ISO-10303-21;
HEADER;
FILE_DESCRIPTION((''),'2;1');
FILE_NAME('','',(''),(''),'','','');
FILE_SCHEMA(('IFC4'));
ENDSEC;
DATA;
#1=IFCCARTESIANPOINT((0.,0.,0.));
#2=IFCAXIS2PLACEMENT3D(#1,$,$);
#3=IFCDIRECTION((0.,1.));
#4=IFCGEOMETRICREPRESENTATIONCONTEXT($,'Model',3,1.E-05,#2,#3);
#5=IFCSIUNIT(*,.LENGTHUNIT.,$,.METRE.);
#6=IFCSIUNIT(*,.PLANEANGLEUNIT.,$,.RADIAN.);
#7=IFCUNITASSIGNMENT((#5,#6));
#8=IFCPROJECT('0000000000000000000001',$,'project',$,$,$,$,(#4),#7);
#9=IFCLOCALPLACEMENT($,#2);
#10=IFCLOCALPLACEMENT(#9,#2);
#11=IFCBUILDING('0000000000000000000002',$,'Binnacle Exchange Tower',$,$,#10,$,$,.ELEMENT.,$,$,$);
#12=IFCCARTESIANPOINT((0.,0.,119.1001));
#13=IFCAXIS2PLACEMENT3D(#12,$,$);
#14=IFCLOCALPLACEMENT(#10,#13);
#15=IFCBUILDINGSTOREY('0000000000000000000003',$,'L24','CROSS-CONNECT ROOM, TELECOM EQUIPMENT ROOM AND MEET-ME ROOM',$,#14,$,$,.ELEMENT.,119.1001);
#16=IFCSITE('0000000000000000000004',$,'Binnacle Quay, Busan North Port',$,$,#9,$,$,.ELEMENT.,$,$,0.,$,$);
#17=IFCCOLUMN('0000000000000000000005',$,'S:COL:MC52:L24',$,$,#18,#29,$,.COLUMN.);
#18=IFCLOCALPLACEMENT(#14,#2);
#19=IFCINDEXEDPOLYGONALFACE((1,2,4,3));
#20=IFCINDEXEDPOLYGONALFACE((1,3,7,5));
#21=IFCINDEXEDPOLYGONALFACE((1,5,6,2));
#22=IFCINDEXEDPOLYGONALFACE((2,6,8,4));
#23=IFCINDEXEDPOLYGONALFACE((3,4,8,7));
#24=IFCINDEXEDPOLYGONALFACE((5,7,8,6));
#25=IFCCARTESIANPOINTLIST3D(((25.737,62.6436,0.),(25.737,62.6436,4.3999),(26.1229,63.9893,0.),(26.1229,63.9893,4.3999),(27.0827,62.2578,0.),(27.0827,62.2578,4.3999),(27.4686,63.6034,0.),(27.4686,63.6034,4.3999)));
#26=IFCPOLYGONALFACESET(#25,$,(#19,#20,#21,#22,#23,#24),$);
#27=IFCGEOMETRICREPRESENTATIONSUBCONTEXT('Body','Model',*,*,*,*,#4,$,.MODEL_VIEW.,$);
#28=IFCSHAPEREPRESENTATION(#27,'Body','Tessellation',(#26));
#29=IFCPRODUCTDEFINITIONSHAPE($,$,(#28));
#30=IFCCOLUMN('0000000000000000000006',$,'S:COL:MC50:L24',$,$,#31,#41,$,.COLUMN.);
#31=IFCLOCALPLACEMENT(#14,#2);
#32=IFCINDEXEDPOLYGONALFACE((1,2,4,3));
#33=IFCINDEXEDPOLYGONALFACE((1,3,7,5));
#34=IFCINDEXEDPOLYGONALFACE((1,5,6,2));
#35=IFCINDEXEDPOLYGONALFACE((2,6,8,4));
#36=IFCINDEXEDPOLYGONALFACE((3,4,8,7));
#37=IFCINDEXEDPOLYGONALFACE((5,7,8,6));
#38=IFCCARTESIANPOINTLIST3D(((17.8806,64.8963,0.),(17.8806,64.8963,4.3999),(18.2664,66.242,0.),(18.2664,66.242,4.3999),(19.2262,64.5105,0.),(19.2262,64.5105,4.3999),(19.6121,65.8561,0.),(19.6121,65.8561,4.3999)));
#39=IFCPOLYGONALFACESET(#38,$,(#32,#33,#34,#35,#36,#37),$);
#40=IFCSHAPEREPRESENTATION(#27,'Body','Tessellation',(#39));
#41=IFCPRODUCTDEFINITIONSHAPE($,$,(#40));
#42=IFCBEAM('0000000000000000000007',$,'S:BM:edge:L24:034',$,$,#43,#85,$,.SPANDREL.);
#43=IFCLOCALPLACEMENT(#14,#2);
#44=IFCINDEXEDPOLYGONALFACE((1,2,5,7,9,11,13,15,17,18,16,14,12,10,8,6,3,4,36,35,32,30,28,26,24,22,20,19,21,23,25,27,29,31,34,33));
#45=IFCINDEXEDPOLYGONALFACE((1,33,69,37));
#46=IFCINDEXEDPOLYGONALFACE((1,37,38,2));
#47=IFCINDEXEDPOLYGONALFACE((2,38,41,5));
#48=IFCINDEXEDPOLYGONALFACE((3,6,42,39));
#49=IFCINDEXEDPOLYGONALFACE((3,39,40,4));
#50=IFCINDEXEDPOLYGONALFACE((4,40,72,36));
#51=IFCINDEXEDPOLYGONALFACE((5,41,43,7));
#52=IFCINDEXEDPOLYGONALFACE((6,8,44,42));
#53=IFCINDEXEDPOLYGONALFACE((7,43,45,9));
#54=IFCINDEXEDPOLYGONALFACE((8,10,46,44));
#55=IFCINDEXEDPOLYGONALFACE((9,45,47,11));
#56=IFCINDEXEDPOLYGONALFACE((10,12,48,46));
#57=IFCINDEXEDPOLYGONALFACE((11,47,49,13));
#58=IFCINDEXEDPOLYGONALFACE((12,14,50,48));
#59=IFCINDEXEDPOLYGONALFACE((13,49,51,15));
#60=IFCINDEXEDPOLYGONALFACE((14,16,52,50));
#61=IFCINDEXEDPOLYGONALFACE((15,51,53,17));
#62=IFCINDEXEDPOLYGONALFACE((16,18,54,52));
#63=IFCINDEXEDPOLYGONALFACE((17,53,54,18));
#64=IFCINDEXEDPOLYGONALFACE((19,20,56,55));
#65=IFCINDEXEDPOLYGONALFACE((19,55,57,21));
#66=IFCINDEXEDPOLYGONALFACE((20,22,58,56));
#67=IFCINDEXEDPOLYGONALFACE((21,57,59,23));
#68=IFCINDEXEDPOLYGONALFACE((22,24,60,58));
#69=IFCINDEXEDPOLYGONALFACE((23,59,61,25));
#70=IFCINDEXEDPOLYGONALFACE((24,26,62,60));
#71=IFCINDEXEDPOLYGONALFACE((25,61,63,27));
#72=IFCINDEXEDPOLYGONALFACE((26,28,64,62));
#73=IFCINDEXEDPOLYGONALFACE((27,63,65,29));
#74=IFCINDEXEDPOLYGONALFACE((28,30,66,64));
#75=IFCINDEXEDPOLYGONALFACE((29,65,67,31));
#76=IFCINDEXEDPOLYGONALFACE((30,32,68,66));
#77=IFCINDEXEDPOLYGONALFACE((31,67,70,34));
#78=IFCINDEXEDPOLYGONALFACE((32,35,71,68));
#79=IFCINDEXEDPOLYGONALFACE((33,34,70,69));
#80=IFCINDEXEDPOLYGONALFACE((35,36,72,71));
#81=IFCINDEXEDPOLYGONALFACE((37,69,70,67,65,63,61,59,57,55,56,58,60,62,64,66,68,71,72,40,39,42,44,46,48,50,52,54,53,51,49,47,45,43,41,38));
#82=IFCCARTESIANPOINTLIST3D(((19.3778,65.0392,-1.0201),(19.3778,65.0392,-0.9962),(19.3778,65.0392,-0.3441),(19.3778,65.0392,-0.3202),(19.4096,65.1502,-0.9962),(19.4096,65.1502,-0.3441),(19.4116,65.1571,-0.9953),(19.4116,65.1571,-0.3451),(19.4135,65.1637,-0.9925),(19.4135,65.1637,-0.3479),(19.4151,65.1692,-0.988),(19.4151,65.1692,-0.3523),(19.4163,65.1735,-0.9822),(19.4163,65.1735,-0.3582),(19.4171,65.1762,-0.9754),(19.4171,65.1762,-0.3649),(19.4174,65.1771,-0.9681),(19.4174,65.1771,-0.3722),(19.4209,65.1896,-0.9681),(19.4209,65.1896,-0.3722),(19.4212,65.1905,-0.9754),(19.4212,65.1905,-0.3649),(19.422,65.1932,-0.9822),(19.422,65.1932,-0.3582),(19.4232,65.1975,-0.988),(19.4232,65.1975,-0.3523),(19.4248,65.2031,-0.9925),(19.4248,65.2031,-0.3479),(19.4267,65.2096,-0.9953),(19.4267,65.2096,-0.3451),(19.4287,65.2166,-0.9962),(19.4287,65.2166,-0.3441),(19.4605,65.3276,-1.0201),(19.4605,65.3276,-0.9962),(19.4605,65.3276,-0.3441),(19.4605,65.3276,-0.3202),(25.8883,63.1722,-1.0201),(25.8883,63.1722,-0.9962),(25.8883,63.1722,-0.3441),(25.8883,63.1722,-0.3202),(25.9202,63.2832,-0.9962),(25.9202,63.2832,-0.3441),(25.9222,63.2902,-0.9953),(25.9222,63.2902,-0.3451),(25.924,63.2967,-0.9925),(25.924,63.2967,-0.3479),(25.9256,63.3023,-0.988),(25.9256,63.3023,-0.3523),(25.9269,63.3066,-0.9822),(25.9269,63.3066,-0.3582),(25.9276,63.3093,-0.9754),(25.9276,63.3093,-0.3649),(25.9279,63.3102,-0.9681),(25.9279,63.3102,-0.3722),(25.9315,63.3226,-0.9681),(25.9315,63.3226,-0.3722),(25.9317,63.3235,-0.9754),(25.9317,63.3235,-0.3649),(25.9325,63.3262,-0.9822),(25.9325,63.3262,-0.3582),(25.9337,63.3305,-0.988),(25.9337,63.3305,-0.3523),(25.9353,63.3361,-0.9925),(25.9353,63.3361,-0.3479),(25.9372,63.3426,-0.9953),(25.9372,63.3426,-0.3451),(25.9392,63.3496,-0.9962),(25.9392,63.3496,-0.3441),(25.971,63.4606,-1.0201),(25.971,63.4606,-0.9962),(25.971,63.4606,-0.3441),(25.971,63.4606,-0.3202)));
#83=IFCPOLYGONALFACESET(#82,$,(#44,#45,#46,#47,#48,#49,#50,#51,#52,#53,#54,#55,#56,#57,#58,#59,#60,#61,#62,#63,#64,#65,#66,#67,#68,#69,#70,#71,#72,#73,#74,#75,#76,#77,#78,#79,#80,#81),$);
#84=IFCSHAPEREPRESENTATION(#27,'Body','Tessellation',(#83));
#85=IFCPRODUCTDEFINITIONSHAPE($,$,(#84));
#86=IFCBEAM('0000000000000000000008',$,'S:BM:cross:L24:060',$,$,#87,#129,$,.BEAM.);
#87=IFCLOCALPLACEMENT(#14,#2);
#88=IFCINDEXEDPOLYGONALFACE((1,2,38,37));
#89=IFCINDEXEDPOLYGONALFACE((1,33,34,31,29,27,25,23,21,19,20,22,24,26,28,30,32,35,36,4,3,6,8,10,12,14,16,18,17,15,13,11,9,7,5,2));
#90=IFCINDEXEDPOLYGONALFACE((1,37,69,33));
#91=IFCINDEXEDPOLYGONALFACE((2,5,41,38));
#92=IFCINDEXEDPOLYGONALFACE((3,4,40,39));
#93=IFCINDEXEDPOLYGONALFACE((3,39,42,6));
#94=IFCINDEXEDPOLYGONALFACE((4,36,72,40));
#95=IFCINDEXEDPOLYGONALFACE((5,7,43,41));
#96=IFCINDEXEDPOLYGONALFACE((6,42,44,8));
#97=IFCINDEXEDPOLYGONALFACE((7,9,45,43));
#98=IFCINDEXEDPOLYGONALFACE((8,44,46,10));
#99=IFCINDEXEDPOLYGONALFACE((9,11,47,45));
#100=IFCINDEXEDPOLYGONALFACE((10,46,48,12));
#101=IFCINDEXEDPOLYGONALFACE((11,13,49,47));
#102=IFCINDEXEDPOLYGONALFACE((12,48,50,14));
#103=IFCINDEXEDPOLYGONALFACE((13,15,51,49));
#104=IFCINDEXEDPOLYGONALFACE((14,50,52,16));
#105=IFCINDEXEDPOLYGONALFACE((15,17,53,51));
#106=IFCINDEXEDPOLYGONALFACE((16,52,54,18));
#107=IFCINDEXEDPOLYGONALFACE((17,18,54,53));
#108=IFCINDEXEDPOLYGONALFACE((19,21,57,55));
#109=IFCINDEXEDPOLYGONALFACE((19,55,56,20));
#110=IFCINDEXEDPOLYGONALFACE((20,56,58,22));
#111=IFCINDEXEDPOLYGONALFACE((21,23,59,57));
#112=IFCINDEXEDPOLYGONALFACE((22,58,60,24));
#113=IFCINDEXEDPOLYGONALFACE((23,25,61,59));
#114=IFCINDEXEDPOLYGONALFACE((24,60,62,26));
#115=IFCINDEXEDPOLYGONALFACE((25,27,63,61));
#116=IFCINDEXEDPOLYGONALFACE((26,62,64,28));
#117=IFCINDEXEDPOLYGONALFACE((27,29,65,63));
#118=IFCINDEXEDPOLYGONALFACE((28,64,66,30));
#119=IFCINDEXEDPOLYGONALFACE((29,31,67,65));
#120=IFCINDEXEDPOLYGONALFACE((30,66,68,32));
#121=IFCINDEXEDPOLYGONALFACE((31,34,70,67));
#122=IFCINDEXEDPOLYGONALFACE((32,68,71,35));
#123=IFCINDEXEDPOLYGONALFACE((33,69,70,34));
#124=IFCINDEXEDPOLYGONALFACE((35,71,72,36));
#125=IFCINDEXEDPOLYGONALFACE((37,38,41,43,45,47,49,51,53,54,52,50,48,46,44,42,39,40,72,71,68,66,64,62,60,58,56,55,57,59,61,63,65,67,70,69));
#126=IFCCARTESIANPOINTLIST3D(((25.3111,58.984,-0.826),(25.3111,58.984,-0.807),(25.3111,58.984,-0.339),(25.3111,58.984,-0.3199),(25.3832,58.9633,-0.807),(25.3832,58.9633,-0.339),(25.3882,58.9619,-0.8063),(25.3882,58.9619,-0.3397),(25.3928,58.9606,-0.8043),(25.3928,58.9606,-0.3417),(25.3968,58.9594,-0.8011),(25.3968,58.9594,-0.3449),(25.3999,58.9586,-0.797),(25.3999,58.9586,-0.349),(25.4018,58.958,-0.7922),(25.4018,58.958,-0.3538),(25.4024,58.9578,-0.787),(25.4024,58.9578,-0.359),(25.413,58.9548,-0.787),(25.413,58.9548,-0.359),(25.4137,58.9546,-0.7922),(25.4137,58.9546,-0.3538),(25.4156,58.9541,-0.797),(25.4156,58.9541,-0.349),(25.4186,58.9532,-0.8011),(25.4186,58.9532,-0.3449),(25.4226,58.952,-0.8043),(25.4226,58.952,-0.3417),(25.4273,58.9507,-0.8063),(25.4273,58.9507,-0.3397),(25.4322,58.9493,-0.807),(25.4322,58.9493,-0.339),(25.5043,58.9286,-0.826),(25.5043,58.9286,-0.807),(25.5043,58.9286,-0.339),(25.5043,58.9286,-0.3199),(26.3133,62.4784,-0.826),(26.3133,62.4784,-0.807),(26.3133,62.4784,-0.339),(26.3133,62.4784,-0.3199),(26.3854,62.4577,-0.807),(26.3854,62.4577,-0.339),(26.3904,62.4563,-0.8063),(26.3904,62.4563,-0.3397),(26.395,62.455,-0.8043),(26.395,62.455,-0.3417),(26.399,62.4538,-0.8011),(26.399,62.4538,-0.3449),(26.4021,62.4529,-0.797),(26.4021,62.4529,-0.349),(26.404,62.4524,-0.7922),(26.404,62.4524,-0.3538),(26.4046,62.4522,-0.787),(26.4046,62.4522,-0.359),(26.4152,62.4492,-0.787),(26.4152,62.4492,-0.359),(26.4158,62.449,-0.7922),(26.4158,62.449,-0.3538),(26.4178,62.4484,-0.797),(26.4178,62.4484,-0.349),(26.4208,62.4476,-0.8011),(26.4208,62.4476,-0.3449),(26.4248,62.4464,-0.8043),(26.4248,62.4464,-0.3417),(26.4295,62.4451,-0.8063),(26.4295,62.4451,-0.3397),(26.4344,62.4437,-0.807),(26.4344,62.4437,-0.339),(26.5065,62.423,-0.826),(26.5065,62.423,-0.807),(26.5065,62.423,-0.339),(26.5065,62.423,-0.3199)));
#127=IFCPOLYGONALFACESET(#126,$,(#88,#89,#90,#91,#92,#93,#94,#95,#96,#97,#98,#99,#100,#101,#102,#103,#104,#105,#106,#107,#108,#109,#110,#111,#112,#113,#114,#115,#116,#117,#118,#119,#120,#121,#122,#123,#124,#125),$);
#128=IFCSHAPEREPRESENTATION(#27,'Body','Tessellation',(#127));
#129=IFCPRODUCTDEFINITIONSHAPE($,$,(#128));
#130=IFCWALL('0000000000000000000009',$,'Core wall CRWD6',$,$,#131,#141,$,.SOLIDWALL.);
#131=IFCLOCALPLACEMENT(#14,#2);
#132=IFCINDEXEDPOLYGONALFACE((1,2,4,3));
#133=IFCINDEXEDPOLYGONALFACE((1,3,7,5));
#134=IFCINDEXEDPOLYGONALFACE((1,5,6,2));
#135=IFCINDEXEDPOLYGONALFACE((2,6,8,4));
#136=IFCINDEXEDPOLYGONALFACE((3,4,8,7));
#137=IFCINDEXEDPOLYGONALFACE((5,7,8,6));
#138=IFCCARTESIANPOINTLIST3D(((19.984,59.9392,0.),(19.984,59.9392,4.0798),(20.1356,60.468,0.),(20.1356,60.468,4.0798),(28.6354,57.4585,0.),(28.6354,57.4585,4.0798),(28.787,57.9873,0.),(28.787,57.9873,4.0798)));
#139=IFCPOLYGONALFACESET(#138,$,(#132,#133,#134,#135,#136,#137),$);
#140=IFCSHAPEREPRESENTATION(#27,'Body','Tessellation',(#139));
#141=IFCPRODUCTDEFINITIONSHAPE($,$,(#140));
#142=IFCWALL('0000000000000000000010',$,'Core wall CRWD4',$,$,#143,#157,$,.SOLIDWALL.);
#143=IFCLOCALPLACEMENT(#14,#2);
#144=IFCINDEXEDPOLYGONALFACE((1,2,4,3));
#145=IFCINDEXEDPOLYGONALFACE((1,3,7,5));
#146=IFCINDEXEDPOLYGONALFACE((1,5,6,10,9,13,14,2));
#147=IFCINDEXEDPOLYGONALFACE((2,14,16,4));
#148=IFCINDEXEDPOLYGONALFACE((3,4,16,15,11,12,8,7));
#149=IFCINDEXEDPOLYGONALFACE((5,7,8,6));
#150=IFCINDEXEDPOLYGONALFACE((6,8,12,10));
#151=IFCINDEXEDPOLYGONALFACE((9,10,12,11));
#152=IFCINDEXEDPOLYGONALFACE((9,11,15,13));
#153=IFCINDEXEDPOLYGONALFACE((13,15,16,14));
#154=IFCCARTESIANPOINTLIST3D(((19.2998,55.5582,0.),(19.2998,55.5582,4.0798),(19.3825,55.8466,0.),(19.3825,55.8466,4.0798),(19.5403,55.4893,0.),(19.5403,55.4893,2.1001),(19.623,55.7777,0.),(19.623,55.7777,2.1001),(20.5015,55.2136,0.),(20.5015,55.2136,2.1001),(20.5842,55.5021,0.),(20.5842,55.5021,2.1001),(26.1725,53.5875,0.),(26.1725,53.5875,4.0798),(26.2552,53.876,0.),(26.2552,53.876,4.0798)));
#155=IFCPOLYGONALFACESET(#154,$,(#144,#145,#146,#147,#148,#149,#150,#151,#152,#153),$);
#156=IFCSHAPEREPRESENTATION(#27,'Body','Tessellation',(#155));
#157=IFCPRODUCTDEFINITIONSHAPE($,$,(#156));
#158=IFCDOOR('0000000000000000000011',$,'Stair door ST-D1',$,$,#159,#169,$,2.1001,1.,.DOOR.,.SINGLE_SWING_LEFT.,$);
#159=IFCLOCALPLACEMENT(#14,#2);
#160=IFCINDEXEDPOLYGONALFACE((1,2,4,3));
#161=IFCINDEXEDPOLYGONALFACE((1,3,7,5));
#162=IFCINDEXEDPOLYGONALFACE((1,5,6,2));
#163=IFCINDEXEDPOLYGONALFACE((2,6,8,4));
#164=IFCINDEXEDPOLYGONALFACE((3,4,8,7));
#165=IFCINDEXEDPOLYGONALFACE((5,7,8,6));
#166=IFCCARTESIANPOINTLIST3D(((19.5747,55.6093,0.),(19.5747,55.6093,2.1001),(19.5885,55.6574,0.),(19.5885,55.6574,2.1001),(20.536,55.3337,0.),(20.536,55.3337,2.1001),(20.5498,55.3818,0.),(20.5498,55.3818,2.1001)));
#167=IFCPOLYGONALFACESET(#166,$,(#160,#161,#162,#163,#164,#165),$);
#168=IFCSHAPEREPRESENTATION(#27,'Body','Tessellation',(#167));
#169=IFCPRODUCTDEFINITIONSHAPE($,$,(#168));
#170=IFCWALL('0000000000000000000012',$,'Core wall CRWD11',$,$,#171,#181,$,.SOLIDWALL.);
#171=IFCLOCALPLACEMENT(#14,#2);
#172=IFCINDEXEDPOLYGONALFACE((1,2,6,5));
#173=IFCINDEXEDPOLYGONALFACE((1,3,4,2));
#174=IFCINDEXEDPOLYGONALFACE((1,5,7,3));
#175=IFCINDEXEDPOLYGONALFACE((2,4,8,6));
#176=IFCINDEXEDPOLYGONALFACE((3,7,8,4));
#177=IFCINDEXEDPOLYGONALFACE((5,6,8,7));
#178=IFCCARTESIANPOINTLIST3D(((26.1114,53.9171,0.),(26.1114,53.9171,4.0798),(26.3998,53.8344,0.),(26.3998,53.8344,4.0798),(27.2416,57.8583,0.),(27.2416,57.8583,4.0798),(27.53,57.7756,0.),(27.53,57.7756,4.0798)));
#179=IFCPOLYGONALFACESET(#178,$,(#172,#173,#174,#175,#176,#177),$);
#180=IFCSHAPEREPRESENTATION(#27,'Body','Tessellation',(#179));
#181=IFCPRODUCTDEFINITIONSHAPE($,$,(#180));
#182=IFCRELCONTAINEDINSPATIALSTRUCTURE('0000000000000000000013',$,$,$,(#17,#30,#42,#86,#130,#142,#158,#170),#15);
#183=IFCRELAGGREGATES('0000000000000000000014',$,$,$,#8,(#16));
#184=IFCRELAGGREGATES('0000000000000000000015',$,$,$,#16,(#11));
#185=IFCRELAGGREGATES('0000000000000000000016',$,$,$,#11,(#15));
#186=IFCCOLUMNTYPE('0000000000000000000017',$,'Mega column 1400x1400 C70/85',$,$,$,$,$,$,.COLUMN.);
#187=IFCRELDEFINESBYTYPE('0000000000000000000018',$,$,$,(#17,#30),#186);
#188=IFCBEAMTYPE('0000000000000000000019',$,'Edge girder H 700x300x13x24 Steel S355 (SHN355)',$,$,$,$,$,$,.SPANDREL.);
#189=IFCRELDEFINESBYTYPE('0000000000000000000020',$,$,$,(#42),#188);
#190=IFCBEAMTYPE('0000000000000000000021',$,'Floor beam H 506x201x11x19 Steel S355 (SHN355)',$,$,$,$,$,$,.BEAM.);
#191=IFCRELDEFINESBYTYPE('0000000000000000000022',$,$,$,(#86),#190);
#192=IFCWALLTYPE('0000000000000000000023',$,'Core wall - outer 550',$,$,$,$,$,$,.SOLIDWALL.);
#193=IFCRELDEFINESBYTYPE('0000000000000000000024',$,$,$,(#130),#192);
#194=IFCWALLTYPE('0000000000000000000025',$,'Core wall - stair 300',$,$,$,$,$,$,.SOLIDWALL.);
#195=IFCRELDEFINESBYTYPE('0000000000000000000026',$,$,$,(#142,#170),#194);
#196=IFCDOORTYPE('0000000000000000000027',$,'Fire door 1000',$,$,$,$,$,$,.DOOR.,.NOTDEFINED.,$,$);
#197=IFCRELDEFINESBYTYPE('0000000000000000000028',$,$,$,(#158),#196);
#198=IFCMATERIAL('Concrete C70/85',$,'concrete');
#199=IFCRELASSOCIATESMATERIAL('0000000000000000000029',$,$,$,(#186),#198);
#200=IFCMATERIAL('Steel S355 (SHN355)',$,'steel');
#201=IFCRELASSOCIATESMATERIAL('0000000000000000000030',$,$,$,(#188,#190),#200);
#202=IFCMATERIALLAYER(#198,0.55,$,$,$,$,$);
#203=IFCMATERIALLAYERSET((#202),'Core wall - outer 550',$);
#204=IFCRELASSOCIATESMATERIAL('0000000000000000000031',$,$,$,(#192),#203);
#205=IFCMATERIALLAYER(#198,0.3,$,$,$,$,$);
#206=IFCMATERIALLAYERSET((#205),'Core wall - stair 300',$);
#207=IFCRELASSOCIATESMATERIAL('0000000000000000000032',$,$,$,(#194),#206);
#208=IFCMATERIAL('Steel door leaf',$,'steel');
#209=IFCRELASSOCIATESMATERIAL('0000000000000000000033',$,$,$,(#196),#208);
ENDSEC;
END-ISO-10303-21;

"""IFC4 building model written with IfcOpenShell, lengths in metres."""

from ifc_helpers import new_model, si_unit, direction, frame, frame_2d, origin, origin_2d, place, context, subcontext, project, spatial, rectangle, i_section, extrude, material, layer, layer_set, material_profile, profile_set, type_object, element, fill, save


model = new_model("IFC4")

# Units and contexts
model_context = context("Model", 3, precision=1e-05, world=origin(), true_north=direction((0.0, 1.0)))
body_context = subcontext(model_context, "Body", "Model", "MODEL_VIEW")
ifc_project = project(units=[si_unit("LENGTHUNIT", "METRE"), si_unit("PLANEANGLEUNIT", "RADIAN")], contexts=[model_context])

# Site, building, storey
site_placement = place(None, origin())
site = spatial("IfcSite", under=ifc_project, at=site_placement, Name="Binnacle Quay, Busan North Port", CompositionType="ELEMENT", RefElevation=0.0)
building_placement = place(site_placement, origin())
building = spatial("IfcBuilding", under=site, at=building_placement, Name="Binnacle Exchange Tower", CompositionType="ELEMENT")
storey_placement = place(building_placement, frame((0.0, 0.0, 119.1001)))
storey = spatial("IfcBuildingStorey", under=building, at=storey_placement, Name="L24", Description="CROSS-CONNECT ROOM, TELECOM EQUIPMENT ROOM AND MEET-ME ROOM", CompositionType="ELEMENT", Elevation=119.1001)

# Columns
ifc_material_1 = material(Name="Concrete C70/85", Category="concrete")
ifc_material_profile_1 = material_profile(ifc_material_1, rectangle(XDim=1.3999, YDim=1.3999, at=origin_2d()), Name="Mega column 1400x1400 C70/85")
ifc_profile_set_1 = profile_set([ifc_material_profile_1], Name="Concrete C70/85")
column_type = type_object("IfcColumnType", Name="Mega column 1400x1400 C70/85", PredefinedType="COLUMN", material=ifc_profile_set_1)
for number, where, z_axis, x_axis, name in (
    (1, (26.6028, 63.1235, 0.0), (0.0, 0.0, 1.0), (-0.961262, 0.275637, 0.0), "S:COL:MC52:L24"),
    (2, (18.7463, 65.3762, 0.0), (0.0, 0.0, 1.0), (-0.961262, 0.275637, 0.0), "S:COL:MC50:L24"),
):
    element("IfcColumn", number, at=place(storey_placement, frame(where, z_axis=z_axis, x_axis=x_axis)), inside=storey, type_object=column_type, Name=name, PredefinedType="COLUMN", context=body_context, shape_type="SweptSolid", body=[
        extrude(rectangle(XDim=1.3999, YDim=1.3999, at=origin_2d()), origin(), (0.0, 0.0, 1.0), 4.3999),
    ])

# Beams
ifc_material_2 = material(Name="Steel S355 (SHN355)", Category="steel")
ifc_material_profile_2 = material_profile(ifc_material_2, i_section(OverallWidth=0.3, OverallDepth=0.7, WebThickness=0.0129, FlangeThickness=0.0239, FilletRadius=0.0281, at=origin_2d()), Name="H 700x300x13x24")
ifc_profile_set_2 = profile_set([ifc_material_profile_2], Name="Steel S355 (SHN355)")
beam_type_1 = type_object("IfcBeamType", Name="Edge girder H 700x300x13x24 Steel S355 (SHN355)", PredefinedType="SPANDREL", material=ifc_profile_set_2)
beam_1_placement = place(storey_placement, frame((25.9297, 63.3164, -0.6702), z_axis=(-0.961258, 0.275649, 0.0), x_axis=(-0.275649, -0.961258, 0.0)))
element("IfcBeam", 3, at=beam_1_placement, inside=storey, type_object=beam_type_1, Name="S:BM:edge:L24:034", PredefinedType="SPANDREL", context=body_context, shape_type="SweptSolid", body=[
    extrude(i_section(OverallWidth=0.3, OverallDepth=0.7, WebThickness=0.0129, FlangeThickness=0.0239, FilletRadius=0.0281, at=origin_2d()), origin(), (0.0, 0.0, 1.0), 6.7729),
])
ifc_material_profile_3 = material_profile(ifc_material_2, i_section(OverallWidth=0.2009, OverallDepth=0.5061, WebThickness=0.011, FlangeThickness=0.019, FilletRadius=0.02, at=origin_2d()), Name="H 506x201x11x19")
ifc_profile_set_3 = profile_set([ifc_material_profile_3], Name="Steel S355 (SHN355)")
beam_type_2 = type_object("IfcBeamType", Name="Floor beam H 506x201x11x19 Steel S355 (SHN355)", PredefinedType="BEAM", material=ifc_profile_set_3)
beam_2_placement = place(storey_placement, frame((26.4099, 62.4507, -0.573), z_axis=(-0.275688, -0.961247, 0.0), x_axis=(0.961247, -0.275688, 0.0)))
element("IfcBeam", 4, at=beam_2_placement, inside=storey, type_object=beam_type_2, Name="S:BM:cross:L24:060", PredefinedType="BEAM", context=body_context, shape_type="SweptSolid", body=[
    extrude(i_section(OverallWidth=0.2009, OverallDepth=0.5061, WebThickness=0.011, FlangeThickness=0.019, FilletRadius=0.02, at=origin_2d()), origin(), (0.0, 0.0, 1.0), 3.6353),
])

# Wall
ifc_layer_1 = layer(ifc_material_1, 0.55)
ifc_layer_set_1 = layer_set([ifc_layer_1], Name="Core wall - outer 550")
wall_type_1 = type_object("IfcWallType", Name="Core wall - outer 550", PredefinedType="SOLIDWALL", material=ifc_layer_set_1)
wall_1_placement = place(storey_placement, frame((20.0598, 60.2036, 0.0), z_axis=(0.0, 0.0, 1.0), x_axis=(0.961262, -0.275635, 0.0)))
element("IfcWall", 5, at=wall_1_placement, inside=storey, type_object=wall_type_1, Name="Core wall CRWD6", PredefinedType="SOLIDWALL", context=body_context, shape_type="SweptSolid", body=[
    extrude(rectangle(XDim=9.0, YDim=0.55, at=frame_2d((4.5, 0.0))), origin(), (0.0, 0.0, 1.0), 4.0798),
])

# Wall, opening, door
ifc_layer_2 = layer(ifc_material_1, 0.3)
ifc_layer_set_2 = layer_set([ifc_layer_2], Name="Core wall - stair 300")
wall_type_2 = type_object("IfcWallType", Name="Core wall - stair 300", PredefinedType="SOLIDWALL", material=ifc_layer_set_2)
wall_2_placement = place(storey_placement, frame((19.3413, 55.7024, 0.0), z_axis=(0.0, 0.0, 1.0), x_axis=(0.961263, -0.275632, 0.0)))
wall_2 = element("IfcWall", 6, at=wall_2_placement, inside=storey, type_object=wall_type_2, Name="Core wall CRWD4", PredefinedType="SOLIDWALL", context=body_context, shape_type="SweptSolid", body=[
    extrude(rectangle(XDim=7.1497, YDim=0.3, at=frame_2d((3.5747, 0.0))), origin(), (0.0, 0.0, 1.0), 4.0798),
])
opening_placement = place(wall_2_placement, frame((0.25, 0.0, 0.0)))
opening = element("IfcOpeningElement", 7, at=opening_placement, cuts=wall_2, PredefinedType="OPENING", context=body_context, shape_type="SweptSolid", body=[
    extrude(rectangle(XDim=1.0, YDim=2.1001, at=frame_2d((0.5, 1.05))), frame((0.0, 0.1599, 0.0), z_axis=(0.0, -1.0, 0.0), x_axis=(1.0, 0.0, 0.0)), (0.0, 0.0, 1.0), 0.3201),
])
ifc_material_3 = material(Name="Steel door leaf", Category="steel")
door_type = type_object("IfcDoorType", Name="Fire door 1000", OperationType="NOTDEFINED", PredefinedType="DOOR", material=ifc_material_3)
door_placement = place(opening_placement, origin())
door = element("IfcDoor", 8, at=door_placement, inside=storey, type_object=door_type, Name="Stair door ST-D1", OperationType="SINGLE_SWING_LEFT", OverallHeight=2.1001, OverallWidth=1.0, PredefinedType="DOOR", context=body_context, shape_type="SweptSolid", body=[
    extrude(rectangle(XDim=1.0, YDim=2.1001, at=frame_2d((0.5, 1.05))), frame((0.0, 0.0249, 0.0), z_axis=(0.0, -1.0, 0.0), x_axis=(1.0, 0.0, 0.0)), (0.0, 0.0, 1.0), 0.05),
])
fill(opening, door)

# Wall
wall_3_placement = place(storey_placement, frame((26.2556, 53.8757, 0.0), z_axis=(0.0, 0.0, 1.0), x_axis=(0.275641, 0.961261, 0.0)))
element("IfcWall", 9, at=wall_3_placement, inside=storey, type_object=wall_type_2, Name="Core wall CRWD11", PredefinedType="SOLIDWALL", context=body_context, shape_type="SweptSolid", body=[
    extrude(rectangle(XDim=4.1001, YDim=0.3, at=frame_2d((2.05, 0.0))), origin(), (0.0, 0.0, 1.0), 4.0798),
])

save(model, "model.ifc")
